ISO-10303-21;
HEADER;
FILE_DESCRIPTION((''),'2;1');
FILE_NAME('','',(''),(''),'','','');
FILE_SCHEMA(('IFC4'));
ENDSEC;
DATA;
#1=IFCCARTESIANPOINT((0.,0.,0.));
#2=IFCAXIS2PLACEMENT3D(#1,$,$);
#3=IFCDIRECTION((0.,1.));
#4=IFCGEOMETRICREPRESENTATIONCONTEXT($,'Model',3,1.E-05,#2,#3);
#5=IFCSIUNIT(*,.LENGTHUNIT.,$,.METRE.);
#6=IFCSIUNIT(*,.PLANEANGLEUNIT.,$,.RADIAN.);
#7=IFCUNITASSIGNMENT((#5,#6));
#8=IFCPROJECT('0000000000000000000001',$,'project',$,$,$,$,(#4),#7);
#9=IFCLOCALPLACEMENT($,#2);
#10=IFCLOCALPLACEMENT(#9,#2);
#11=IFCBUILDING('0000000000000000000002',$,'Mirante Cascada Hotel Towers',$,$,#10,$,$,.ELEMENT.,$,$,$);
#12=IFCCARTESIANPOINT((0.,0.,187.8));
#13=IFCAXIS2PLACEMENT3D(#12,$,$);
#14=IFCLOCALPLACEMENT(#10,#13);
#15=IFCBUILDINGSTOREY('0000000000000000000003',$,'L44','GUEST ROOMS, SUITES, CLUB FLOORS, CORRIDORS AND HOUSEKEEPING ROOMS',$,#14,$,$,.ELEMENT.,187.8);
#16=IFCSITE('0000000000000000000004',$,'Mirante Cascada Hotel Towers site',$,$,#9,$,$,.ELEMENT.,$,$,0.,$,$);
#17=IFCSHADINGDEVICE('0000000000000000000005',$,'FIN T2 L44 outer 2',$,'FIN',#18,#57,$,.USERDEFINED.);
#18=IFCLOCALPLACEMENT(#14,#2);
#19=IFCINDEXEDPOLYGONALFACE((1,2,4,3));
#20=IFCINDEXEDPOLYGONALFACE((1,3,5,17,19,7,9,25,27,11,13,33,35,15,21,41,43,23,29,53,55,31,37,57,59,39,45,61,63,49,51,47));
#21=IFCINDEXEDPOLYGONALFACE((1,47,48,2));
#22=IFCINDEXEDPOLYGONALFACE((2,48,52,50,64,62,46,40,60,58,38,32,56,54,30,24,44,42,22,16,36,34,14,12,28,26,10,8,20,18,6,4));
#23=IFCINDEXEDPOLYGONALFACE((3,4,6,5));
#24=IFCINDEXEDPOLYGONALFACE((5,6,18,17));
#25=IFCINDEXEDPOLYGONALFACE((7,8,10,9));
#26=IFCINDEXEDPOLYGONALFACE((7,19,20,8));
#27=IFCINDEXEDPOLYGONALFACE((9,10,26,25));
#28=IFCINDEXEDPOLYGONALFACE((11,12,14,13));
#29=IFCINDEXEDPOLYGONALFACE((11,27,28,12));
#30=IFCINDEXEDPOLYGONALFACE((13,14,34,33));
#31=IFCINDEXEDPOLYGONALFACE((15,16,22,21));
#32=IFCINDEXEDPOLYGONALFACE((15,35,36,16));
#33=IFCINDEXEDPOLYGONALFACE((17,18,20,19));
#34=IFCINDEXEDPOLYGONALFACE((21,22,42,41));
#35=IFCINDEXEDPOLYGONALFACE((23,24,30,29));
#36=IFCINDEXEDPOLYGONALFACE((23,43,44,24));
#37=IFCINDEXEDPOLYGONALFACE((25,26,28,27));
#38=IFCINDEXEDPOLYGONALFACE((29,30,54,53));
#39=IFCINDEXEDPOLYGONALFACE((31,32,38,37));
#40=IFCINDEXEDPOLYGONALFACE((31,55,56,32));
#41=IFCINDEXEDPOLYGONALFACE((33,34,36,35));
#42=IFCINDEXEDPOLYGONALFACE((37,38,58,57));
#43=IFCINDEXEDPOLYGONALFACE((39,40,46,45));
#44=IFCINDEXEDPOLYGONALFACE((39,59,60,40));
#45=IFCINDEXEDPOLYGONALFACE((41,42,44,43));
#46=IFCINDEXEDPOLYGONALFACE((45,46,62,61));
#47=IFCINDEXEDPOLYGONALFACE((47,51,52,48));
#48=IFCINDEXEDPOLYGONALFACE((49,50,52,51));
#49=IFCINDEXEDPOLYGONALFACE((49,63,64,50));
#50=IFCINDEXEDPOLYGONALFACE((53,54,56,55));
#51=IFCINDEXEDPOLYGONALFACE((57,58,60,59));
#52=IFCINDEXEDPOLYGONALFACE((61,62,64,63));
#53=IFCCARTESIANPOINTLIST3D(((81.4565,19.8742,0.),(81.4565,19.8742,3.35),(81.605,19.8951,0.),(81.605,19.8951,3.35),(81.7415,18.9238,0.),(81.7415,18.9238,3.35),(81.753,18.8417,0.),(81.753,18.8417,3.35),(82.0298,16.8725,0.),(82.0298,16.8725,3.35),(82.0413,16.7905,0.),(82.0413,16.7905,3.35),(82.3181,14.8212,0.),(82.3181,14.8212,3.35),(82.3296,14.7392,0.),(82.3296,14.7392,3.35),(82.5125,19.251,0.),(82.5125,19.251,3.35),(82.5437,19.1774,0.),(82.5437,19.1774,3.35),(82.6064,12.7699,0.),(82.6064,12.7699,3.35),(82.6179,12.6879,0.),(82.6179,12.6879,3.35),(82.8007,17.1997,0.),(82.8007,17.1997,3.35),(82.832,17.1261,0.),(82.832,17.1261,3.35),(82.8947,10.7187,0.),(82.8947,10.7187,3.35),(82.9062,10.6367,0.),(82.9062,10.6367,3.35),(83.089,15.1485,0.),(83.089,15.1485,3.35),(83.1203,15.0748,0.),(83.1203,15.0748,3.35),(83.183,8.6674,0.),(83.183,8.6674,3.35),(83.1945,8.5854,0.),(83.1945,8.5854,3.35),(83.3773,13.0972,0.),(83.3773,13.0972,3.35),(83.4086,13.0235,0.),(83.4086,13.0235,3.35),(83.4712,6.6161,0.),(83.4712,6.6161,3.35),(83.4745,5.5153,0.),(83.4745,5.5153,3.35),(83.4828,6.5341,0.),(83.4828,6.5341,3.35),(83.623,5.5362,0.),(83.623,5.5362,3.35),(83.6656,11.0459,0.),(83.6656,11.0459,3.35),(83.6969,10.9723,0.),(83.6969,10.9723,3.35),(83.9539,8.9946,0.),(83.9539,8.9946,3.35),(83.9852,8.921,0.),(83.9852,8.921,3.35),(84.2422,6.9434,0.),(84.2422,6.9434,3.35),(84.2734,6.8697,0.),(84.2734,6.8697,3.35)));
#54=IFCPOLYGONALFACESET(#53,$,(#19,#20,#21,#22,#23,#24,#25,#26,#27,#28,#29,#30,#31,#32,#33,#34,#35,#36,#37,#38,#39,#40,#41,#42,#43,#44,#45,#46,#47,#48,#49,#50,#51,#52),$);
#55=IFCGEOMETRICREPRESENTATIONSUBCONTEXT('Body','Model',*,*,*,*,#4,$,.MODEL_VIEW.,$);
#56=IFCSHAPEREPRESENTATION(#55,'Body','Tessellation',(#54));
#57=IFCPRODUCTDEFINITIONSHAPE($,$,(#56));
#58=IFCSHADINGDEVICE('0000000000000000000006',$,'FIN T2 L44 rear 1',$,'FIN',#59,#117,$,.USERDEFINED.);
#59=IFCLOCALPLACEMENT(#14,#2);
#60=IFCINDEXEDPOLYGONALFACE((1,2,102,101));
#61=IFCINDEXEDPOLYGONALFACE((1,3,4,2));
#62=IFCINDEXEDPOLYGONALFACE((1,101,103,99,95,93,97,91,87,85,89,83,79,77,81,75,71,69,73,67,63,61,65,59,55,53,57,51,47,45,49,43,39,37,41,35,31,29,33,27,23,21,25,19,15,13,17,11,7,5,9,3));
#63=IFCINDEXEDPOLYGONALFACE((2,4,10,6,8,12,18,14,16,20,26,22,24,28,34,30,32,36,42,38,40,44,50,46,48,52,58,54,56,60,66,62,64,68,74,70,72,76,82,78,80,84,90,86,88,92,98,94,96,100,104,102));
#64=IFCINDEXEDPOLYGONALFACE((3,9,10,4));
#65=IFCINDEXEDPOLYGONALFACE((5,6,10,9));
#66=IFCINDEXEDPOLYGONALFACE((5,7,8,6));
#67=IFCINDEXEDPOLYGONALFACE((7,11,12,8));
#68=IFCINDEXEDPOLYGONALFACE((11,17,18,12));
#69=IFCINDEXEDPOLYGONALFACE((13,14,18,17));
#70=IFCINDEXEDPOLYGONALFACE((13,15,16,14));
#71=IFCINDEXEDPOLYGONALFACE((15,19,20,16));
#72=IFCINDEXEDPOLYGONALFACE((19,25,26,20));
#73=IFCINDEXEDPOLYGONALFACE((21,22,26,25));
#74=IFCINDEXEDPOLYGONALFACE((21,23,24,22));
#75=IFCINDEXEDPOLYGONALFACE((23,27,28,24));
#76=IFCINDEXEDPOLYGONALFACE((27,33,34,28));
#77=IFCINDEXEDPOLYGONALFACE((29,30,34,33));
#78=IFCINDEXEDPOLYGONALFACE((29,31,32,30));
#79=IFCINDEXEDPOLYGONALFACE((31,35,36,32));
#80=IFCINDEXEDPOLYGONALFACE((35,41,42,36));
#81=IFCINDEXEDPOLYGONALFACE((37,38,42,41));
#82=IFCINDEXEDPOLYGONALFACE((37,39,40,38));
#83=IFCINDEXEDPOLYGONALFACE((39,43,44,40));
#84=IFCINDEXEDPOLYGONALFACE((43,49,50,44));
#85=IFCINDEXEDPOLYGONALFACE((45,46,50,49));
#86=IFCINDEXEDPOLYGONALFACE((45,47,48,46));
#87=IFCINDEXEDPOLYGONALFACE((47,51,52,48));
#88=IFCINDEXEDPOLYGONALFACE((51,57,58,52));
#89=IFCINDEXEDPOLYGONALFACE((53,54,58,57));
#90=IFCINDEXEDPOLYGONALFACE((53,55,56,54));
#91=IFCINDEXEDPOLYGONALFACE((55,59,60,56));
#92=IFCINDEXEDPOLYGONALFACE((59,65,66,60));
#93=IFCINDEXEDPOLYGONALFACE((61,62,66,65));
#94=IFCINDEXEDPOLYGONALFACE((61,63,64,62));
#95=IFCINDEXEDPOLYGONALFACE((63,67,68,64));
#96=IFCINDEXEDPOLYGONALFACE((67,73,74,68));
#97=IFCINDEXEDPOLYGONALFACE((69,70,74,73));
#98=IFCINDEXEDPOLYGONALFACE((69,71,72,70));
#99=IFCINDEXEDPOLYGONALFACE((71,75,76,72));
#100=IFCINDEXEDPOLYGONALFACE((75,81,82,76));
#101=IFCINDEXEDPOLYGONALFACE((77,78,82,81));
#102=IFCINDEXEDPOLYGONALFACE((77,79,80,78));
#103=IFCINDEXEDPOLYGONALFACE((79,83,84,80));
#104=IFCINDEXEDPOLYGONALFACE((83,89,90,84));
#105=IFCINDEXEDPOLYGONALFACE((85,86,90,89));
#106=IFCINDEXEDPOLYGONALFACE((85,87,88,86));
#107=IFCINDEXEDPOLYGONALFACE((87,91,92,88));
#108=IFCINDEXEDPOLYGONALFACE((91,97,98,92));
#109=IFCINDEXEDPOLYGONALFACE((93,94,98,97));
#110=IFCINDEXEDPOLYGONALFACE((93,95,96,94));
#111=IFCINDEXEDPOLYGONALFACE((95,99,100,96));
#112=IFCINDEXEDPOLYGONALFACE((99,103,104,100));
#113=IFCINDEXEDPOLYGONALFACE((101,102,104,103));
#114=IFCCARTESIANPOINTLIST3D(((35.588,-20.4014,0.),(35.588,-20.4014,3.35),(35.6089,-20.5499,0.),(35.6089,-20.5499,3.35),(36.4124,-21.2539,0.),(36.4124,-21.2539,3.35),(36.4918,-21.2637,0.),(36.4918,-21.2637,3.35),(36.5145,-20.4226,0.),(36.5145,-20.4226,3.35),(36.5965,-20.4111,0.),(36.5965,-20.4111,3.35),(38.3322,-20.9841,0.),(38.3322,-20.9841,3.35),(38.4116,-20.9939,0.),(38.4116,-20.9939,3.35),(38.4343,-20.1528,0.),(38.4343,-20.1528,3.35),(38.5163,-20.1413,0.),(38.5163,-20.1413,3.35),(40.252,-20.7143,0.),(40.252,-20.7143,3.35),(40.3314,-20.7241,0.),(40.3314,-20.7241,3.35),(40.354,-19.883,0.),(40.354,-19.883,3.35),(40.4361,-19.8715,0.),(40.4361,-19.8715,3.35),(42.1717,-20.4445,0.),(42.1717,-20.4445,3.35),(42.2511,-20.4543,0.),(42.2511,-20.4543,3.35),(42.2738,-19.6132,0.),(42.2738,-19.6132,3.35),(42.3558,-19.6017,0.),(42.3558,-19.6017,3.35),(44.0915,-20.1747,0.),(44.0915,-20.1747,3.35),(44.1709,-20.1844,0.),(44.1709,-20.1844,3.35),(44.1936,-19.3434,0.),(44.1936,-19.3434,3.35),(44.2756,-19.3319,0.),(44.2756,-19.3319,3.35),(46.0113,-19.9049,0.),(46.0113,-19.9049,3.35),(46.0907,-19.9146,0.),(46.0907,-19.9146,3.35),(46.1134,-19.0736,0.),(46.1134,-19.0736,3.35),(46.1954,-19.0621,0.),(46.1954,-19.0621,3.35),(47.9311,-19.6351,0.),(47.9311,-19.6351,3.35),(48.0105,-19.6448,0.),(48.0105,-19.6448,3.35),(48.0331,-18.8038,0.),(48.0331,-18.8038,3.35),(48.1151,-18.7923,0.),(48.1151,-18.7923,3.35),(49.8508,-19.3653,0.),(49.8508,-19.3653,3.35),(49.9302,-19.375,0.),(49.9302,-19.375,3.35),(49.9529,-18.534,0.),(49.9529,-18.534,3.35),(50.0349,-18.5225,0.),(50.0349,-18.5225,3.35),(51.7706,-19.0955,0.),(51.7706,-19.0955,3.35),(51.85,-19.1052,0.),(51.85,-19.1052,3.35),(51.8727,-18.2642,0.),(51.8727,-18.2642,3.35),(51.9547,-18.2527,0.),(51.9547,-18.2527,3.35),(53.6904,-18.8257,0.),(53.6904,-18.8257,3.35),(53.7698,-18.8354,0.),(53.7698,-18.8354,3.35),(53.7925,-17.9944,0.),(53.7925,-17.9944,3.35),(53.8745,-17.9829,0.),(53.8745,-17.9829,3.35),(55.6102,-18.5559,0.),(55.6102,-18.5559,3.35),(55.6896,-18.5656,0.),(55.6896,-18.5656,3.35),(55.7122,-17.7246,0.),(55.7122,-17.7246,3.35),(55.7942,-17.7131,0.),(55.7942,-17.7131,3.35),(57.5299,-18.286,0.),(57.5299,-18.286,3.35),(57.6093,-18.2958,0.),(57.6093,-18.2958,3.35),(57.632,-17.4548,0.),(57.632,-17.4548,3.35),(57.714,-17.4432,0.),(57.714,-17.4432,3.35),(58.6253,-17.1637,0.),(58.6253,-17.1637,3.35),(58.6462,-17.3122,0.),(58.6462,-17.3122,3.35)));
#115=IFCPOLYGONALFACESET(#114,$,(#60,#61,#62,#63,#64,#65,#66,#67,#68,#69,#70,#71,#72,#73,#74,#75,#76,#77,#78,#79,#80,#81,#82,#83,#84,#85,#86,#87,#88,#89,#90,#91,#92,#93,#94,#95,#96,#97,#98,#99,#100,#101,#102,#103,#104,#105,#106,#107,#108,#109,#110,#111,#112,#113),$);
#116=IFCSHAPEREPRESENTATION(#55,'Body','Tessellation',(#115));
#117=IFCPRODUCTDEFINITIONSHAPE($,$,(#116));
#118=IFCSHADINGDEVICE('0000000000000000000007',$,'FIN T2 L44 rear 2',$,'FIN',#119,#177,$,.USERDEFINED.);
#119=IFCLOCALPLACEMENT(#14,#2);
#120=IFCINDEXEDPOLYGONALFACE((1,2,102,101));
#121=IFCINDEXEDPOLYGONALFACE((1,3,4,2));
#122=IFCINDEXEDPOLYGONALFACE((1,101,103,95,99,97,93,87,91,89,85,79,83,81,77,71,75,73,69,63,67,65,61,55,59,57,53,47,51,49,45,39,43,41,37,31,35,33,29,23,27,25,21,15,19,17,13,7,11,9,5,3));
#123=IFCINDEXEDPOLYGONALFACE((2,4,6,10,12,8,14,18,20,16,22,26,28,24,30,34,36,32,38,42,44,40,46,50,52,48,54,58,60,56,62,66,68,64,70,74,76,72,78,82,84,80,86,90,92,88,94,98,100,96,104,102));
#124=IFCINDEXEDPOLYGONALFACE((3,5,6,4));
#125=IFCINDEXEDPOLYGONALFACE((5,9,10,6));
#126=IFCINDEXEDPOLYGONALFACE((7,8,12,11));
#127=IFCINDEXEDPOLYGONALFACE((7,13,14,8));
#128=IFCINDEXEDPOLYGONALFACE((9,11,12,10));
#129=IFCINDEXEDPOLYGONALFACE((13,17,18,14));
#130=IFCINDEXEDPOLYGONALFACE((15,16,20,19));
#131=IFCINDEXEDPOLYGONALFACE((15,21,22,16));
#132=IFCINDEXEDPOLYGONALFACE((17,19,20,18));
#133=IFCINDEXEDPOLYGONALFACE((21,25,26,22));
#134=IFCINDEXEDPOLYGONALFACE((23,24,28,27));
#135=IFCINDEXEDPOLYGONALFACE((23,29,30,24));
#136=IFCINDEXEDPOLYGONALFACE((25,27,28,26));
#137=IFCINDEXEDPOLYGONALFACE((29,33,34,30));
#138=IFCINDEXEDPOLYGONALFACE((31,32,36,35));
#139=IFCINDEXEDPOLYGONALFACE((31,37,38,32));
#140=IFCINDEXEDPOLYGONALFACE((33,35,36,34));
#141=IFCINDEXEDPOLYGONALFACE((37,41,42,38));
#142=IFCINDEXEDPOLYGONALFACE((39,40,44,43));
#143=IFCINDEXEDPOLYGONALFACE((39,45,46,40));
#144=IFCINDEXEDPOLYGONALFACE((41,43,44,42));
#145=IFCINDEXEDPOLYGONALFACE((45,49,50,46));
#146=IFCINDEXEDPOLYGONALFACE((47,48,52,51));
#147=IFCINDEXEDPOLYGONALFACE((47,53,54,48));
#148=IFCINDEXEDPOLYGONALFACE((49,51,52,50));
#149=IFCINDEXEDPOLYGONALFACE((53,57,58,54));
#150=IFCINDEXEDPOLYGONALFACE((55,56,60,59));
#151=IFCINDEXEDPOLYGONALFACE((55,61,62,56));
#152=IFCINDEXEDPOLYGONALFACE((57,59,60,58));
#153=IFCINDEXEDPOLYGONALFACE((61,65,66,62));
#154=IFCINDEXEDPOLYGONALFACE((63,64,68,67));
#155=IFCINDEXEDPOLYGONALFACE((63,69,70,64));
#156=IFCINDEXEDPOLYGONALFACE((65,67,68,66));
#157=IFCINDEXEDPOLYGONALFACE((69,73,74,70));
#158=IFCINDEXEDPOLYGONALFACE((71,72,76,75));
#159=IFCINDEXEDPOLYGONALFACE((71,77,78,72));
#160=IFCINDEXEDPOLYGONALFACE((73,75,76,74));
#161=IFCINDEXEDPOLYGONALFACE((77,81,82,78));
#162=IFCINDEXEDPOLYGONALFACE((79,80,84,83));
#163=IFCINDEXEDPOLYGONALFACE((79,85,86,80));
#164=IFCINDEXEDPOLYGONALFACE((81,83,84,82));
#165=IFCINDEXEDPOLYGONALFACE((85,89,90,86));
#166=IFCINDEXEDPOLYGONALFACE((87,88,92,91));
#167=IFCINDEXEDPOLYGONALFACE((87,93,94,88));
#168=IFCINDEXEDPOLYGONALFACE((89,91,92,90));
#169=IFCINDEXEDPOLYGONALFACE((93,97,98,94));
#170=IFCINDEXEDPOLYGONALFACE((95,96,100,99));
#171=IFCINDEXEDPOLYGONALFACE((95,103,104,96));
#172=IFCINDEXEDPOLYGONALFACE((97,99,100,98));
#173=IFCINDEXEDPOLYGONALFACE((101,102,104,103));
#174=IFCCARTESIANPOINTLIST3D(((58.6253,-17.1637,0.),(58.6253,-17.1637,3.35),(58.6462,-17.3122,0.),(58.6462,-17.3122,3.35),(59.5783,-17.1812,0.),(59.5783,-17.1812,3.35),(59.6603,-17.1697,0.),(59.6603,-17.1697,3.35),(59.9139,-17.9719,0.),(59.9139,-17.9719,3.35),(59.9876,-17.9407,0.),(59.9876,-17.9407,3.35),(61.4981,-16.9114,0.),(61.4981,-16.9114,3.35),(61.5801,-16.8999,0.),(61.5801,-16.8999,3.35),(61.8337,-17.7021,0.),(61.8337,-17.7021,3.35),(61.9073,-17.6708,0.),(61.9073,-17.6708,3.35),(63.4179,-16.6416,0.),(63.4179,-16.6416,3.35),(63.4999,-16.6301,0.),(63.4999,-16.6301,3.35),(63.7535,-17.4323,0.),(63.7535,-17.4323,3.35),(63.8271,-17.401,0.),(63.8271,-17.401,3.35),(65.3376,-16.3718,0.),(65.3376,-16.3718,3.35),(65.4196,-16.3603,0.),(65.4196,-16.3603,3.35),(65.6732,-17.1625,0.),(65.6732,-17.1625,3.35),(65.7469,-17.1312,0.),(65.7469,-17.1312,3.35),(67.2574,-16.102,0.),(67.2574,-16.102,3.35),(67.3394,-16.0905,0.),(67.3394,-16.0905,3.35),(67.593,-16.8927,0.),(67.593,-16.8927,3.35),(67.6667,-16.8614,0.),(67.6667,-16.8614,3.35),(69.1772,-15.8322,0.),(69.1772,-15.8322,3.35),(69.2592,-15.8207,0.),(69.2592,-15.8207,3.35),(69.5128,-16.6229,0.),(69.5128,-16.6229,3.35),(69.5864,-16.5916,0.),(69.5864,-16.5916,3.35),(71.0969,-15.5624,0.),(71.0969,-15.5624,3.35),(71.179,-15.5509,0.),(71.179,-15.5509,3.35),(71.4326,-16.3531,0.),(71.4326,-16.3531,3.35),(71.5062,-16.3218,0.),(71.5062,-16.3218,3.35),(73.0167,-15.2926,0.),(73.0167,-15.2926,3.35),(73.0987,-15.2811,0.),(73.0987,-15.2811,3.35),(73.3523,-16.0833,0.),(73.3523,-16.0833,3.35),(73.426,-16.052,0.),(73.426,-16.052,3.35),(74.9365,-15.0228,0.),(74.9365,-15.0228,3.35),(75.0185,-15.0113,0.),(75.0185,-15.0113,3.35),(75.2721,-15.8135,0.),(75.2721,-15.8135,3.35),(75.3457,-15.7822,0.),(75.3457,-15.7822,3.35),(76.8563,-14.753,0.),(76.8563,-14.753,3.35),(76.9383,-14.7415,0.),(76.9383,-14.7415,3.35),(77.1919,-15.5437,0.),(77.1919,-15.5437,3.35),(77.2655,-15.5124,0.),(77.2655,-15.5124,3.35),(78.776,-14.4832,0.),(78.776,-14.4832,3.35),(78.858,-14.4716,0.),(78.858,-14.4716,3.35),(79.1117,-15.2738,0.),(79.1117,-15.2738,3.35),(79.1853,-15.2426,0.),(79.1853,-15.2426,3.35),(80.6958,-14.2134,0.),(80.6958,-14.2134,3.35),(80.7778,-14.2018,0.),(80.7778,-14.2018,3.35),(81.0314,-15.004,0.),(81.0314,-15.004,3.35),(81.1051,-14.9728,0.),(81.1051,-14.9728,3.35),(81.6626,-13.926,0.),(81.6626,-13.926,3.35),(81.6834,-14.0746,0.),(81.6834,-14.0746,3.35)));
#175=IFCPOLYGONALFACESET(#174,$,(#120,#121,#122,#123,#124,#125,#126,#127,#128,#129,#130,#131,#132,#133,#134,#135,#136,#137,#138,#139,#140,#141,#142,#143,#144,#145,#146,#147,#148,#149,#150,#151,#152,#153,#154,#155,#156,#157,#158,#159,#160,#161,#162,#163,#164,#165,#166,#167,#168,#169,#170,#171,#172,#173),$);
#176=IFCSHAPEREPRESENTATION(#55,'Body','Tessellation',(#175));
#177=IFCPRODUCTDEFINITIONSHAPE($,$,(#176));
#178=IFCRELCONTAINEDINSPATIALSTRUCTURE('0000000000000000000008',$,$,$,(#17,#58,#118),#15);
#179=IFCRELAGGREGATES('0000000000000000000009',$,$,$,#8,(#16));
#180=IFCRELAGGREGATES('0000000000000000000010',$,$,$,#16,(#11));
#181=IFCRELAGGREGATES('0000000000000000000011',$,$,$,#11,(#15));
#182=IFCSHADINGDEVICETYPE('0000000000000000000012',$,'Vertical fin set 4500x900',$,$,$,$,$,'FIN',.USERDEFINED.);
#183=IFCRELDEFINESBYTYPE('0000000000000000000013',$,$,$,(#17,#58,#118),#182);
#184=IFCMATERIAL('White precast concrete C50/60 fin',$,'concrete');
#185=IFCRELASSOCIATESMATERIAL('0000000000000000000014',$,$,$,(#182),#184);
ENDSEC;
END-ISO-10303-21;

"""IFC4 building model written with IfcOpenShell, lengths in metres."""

from ifc_helpers import new_model, si_unit, direction, frame, origin, place, context, subcontext, project, spatial, polyline, outline, extrude, material, type_object, element, save


model = new_model("IFC4")

# Units and contexts
model_context = context("Model", 3, precision=1e-05, world=origin(), true_north=direction((0.0, 1.0)))
body_context = subcontext(model_context, "Body", "Model", "MODEL_VIEW")
ifc_project = project(units=[si_unit("LENGTHUNIT", "METRE"), si_unit("PLANEANGLEUNIT", "RADIAN")], contexts=[model_context])

# Site, building, storey
site_placement = place(None, origin())
site = spatial("IfcSite", under=ifc_project, at=site_placement, Name="Mirante Cascada Hotel Towers site", CompositionType="ELEMENT", RefElevation=0.0)
building_placement = place(site_placement, origin())
building = spatial("IfcBuilding", under=site, at=building_placement, Name="Mirante Cascada Hotel Towers", CompositionType="ELEMENT")
storey_placement = place(building_placement, frame((0.0, 0.0, 187.8)))
storey = spatial("IfcBuildingStorey", under=building, at=storey_placement, Name="L44", Description="GUEST ROOMS, SUITES, CLUB FLOORS, CORRIDORS AND HOUSEKEEPING ROOMS", CompositionType="ELEMENT", Elevation=187.8)

# Shading devices
ifc_material_1 = material(Name="White precast concrete C50/60 fin", Category="concrete")
shading_device_type = type_object("IfcShadingDeviceType", Name="Vertical fin set 4500x900", ElementType="FIN", PredefinedType="USERDEFINED", material=ifc_material_1)
shading_device_1_placement = place(storey_placement, origin())
element("IfcShadingDevice", 1, at=shading_device_1_placement, inside=storey, type_object=shading_device_type, Name="FIN T2 L44 outer 2", ObjectType="FIN", PredefinedType="USERDEFINED", context=body_context, shape_type="SweptSolid", body=[
    extrude(outline(polyline([(84.2734, 6.8697), (83.4828, 6.5341), (83.623, 5.5362), (83.4745, 5.5153), (81.4565, 19.8742), (81.605, 19.8951), (81.7415, 18.9238), (82.5125, 19.251), (82.5437, 19.1774), (81.753, 18.8417), (82.0298, 16.8725), (82.8007, 17.1997), (82.832, 17.1261), (82.0413, 16.7905), (82.3181, 14.8212), (83.089, 15.1485), (83.1203, 15.0748), (82.3296, 14.7392), (82.6064, 12.7699), (83.3773, 13.0972), (83.4086, 13.0235), (82.6179, 12.6879), (82.8947, 10.7187), (83.6656, 11.0459), (83.6969, 10.9723), (82.9062, 10.6367), (83.183, 8.6674), (83.9539, 8.9946), (83.9852, 8.921), (83.1945, 8.5854), (83.4712, 6.6161), (84.2422, 6.9434), (84.2734, 6.8697)])), origin(), (0.0, 0.0, 1.0), 3.35),
])
shading_device_2_placement = place(storey_placement, origin())
element("IfcShadingDevice", 2, at=shading_device_2_placement, inside=storey, type_object=shading_device_type, Name="FIN T2 L44 rear 1", ObjectType="FIN", PredefinedType="USERDEFINED", context=body_context, shape_type="SweptSolid", body=[
    extrude(outline(polyline([(36.4124, -21.2539), (36.5145, -20.4226), (35.6089, -20.5499), (35.588, -20.4014), (58.6253, -17.1637), (58.6462, -17.3122), (57.714, -17.4432), (57.6093, -18.2958), (57.5299, -18.286), (57.632, -17.4548), (55.7942, -17.7131), (55.6896, -18.5656), (55.6102, -18.5559), (55.7122, -17.7246), (53.8745, -17.9829), (53.7698, -18.8354), (53.6904, -18.8257), (53.7925, -17.9944), (51.9547, -18.2527), (51.85, -19.1052), (51.7706, -19.0955), (51.8727, -18.2642), (50.0349, -18.5225), (49.9302, -19.375), (49.8508, -19.3653), (49.9529, -18.534), (48.1151, -18.7923), (48.0105, -19.6448), (47.9311, -19.6351), (48.0331, -18.8038), (46.1954, -19.0621), (46.0907, -19.9146), (46.0113, -19.9049), (46.1134, -19.0736), (44.2756, -19.3319), (44.1709, -20.1844), (44.0915, -20.1747), (44.1936, -19.3434), (42.3558, -19.6017), (42.2511, -20.4543), (42.1717, -20.4445), (42.2738, -19.6132), (40.4361, -19.8715), (40.3314, -20.7241), (40.252, -20.7143), (40.354, -19.883), (38.5163, -20.1413), (38.4116, -20.9939), (38.3322, -20.9841), (38.4343, -20.1528), (36.5965, -20.4111), (36.4918, -21.2637), (36.4124, -21.2539)])), origin(), (0.0, 0.0, 1.0), 3.35),
])
shading_device_3_placement = place(storey_placement, origin())
element("IfcShadingDevice", 3, at=shading_device_3_placement, inside=storey, type_object=shading_device_type, Name="FIN T2 L44 rear 2", ObjectType="FIN", PredefinedType="USERDEFINED", context=body_context, shape_type="SweptSolid", body=[
    extrude(outline(polyline([(59.9139, -17.9719), (59.5783, -17.1812), (58.6462, -17.3122), (58.6253, -17.1637), (81.6626, -13.926), (81.6834, -14.0746), (80.7778, -14.2018), (81.1051, -14.9728), (81.0314, -15.004), (80.6958, -14.2134), (78.858, -14.4716), (79.1853, -15.2426), (79.1117, -15.2738), (78.776, -14.4832), (76.9383, -14.7415), (77.2655, -15.5124), (77.1919, -15.5437), (76.8563, -14.753), (75.0185, -15.0113), (75.3457, -15.7822), (75.2721, -15.8135), (74.9365, -15.0228), (73.0987, -15.2811), (73.426, -16.052), (73.3523, -16.0833), (73.0167, -15.2926), (71.179, -15.5509), (71.5062, -16.3218), (71.4326, -16.3531), (71.0969, -15.5624), (69.2592, -15.8207), (69.5864, -16.5916), (69.5128, -16.6229), (69.1772, -15.8322), (67.3394, -16.0905), (67.6667, -16.8614), (67.593, -16.8927), (67.2574, -16.102), (65.4196, -16.3603), (65.7469, -17.1312), (65.6732, -17.1625), (65.3376, -16.3718), (63.4999, -16.6301), (63.8271, -17.401), (63.7535, -17.4323), (63.4179, -16.6416), (61.5801, -16.8999), (61.9073, -17.6708), (61.8337, -17.7021), (61.4981, -16.9114), (59.6603, -17.1697), (59.9876, -17.9407), (59.9139, -17.9719)])), origin(), (0.0, 0.0, 1.0), 3.35),
])

save(model, "model.ifc")
